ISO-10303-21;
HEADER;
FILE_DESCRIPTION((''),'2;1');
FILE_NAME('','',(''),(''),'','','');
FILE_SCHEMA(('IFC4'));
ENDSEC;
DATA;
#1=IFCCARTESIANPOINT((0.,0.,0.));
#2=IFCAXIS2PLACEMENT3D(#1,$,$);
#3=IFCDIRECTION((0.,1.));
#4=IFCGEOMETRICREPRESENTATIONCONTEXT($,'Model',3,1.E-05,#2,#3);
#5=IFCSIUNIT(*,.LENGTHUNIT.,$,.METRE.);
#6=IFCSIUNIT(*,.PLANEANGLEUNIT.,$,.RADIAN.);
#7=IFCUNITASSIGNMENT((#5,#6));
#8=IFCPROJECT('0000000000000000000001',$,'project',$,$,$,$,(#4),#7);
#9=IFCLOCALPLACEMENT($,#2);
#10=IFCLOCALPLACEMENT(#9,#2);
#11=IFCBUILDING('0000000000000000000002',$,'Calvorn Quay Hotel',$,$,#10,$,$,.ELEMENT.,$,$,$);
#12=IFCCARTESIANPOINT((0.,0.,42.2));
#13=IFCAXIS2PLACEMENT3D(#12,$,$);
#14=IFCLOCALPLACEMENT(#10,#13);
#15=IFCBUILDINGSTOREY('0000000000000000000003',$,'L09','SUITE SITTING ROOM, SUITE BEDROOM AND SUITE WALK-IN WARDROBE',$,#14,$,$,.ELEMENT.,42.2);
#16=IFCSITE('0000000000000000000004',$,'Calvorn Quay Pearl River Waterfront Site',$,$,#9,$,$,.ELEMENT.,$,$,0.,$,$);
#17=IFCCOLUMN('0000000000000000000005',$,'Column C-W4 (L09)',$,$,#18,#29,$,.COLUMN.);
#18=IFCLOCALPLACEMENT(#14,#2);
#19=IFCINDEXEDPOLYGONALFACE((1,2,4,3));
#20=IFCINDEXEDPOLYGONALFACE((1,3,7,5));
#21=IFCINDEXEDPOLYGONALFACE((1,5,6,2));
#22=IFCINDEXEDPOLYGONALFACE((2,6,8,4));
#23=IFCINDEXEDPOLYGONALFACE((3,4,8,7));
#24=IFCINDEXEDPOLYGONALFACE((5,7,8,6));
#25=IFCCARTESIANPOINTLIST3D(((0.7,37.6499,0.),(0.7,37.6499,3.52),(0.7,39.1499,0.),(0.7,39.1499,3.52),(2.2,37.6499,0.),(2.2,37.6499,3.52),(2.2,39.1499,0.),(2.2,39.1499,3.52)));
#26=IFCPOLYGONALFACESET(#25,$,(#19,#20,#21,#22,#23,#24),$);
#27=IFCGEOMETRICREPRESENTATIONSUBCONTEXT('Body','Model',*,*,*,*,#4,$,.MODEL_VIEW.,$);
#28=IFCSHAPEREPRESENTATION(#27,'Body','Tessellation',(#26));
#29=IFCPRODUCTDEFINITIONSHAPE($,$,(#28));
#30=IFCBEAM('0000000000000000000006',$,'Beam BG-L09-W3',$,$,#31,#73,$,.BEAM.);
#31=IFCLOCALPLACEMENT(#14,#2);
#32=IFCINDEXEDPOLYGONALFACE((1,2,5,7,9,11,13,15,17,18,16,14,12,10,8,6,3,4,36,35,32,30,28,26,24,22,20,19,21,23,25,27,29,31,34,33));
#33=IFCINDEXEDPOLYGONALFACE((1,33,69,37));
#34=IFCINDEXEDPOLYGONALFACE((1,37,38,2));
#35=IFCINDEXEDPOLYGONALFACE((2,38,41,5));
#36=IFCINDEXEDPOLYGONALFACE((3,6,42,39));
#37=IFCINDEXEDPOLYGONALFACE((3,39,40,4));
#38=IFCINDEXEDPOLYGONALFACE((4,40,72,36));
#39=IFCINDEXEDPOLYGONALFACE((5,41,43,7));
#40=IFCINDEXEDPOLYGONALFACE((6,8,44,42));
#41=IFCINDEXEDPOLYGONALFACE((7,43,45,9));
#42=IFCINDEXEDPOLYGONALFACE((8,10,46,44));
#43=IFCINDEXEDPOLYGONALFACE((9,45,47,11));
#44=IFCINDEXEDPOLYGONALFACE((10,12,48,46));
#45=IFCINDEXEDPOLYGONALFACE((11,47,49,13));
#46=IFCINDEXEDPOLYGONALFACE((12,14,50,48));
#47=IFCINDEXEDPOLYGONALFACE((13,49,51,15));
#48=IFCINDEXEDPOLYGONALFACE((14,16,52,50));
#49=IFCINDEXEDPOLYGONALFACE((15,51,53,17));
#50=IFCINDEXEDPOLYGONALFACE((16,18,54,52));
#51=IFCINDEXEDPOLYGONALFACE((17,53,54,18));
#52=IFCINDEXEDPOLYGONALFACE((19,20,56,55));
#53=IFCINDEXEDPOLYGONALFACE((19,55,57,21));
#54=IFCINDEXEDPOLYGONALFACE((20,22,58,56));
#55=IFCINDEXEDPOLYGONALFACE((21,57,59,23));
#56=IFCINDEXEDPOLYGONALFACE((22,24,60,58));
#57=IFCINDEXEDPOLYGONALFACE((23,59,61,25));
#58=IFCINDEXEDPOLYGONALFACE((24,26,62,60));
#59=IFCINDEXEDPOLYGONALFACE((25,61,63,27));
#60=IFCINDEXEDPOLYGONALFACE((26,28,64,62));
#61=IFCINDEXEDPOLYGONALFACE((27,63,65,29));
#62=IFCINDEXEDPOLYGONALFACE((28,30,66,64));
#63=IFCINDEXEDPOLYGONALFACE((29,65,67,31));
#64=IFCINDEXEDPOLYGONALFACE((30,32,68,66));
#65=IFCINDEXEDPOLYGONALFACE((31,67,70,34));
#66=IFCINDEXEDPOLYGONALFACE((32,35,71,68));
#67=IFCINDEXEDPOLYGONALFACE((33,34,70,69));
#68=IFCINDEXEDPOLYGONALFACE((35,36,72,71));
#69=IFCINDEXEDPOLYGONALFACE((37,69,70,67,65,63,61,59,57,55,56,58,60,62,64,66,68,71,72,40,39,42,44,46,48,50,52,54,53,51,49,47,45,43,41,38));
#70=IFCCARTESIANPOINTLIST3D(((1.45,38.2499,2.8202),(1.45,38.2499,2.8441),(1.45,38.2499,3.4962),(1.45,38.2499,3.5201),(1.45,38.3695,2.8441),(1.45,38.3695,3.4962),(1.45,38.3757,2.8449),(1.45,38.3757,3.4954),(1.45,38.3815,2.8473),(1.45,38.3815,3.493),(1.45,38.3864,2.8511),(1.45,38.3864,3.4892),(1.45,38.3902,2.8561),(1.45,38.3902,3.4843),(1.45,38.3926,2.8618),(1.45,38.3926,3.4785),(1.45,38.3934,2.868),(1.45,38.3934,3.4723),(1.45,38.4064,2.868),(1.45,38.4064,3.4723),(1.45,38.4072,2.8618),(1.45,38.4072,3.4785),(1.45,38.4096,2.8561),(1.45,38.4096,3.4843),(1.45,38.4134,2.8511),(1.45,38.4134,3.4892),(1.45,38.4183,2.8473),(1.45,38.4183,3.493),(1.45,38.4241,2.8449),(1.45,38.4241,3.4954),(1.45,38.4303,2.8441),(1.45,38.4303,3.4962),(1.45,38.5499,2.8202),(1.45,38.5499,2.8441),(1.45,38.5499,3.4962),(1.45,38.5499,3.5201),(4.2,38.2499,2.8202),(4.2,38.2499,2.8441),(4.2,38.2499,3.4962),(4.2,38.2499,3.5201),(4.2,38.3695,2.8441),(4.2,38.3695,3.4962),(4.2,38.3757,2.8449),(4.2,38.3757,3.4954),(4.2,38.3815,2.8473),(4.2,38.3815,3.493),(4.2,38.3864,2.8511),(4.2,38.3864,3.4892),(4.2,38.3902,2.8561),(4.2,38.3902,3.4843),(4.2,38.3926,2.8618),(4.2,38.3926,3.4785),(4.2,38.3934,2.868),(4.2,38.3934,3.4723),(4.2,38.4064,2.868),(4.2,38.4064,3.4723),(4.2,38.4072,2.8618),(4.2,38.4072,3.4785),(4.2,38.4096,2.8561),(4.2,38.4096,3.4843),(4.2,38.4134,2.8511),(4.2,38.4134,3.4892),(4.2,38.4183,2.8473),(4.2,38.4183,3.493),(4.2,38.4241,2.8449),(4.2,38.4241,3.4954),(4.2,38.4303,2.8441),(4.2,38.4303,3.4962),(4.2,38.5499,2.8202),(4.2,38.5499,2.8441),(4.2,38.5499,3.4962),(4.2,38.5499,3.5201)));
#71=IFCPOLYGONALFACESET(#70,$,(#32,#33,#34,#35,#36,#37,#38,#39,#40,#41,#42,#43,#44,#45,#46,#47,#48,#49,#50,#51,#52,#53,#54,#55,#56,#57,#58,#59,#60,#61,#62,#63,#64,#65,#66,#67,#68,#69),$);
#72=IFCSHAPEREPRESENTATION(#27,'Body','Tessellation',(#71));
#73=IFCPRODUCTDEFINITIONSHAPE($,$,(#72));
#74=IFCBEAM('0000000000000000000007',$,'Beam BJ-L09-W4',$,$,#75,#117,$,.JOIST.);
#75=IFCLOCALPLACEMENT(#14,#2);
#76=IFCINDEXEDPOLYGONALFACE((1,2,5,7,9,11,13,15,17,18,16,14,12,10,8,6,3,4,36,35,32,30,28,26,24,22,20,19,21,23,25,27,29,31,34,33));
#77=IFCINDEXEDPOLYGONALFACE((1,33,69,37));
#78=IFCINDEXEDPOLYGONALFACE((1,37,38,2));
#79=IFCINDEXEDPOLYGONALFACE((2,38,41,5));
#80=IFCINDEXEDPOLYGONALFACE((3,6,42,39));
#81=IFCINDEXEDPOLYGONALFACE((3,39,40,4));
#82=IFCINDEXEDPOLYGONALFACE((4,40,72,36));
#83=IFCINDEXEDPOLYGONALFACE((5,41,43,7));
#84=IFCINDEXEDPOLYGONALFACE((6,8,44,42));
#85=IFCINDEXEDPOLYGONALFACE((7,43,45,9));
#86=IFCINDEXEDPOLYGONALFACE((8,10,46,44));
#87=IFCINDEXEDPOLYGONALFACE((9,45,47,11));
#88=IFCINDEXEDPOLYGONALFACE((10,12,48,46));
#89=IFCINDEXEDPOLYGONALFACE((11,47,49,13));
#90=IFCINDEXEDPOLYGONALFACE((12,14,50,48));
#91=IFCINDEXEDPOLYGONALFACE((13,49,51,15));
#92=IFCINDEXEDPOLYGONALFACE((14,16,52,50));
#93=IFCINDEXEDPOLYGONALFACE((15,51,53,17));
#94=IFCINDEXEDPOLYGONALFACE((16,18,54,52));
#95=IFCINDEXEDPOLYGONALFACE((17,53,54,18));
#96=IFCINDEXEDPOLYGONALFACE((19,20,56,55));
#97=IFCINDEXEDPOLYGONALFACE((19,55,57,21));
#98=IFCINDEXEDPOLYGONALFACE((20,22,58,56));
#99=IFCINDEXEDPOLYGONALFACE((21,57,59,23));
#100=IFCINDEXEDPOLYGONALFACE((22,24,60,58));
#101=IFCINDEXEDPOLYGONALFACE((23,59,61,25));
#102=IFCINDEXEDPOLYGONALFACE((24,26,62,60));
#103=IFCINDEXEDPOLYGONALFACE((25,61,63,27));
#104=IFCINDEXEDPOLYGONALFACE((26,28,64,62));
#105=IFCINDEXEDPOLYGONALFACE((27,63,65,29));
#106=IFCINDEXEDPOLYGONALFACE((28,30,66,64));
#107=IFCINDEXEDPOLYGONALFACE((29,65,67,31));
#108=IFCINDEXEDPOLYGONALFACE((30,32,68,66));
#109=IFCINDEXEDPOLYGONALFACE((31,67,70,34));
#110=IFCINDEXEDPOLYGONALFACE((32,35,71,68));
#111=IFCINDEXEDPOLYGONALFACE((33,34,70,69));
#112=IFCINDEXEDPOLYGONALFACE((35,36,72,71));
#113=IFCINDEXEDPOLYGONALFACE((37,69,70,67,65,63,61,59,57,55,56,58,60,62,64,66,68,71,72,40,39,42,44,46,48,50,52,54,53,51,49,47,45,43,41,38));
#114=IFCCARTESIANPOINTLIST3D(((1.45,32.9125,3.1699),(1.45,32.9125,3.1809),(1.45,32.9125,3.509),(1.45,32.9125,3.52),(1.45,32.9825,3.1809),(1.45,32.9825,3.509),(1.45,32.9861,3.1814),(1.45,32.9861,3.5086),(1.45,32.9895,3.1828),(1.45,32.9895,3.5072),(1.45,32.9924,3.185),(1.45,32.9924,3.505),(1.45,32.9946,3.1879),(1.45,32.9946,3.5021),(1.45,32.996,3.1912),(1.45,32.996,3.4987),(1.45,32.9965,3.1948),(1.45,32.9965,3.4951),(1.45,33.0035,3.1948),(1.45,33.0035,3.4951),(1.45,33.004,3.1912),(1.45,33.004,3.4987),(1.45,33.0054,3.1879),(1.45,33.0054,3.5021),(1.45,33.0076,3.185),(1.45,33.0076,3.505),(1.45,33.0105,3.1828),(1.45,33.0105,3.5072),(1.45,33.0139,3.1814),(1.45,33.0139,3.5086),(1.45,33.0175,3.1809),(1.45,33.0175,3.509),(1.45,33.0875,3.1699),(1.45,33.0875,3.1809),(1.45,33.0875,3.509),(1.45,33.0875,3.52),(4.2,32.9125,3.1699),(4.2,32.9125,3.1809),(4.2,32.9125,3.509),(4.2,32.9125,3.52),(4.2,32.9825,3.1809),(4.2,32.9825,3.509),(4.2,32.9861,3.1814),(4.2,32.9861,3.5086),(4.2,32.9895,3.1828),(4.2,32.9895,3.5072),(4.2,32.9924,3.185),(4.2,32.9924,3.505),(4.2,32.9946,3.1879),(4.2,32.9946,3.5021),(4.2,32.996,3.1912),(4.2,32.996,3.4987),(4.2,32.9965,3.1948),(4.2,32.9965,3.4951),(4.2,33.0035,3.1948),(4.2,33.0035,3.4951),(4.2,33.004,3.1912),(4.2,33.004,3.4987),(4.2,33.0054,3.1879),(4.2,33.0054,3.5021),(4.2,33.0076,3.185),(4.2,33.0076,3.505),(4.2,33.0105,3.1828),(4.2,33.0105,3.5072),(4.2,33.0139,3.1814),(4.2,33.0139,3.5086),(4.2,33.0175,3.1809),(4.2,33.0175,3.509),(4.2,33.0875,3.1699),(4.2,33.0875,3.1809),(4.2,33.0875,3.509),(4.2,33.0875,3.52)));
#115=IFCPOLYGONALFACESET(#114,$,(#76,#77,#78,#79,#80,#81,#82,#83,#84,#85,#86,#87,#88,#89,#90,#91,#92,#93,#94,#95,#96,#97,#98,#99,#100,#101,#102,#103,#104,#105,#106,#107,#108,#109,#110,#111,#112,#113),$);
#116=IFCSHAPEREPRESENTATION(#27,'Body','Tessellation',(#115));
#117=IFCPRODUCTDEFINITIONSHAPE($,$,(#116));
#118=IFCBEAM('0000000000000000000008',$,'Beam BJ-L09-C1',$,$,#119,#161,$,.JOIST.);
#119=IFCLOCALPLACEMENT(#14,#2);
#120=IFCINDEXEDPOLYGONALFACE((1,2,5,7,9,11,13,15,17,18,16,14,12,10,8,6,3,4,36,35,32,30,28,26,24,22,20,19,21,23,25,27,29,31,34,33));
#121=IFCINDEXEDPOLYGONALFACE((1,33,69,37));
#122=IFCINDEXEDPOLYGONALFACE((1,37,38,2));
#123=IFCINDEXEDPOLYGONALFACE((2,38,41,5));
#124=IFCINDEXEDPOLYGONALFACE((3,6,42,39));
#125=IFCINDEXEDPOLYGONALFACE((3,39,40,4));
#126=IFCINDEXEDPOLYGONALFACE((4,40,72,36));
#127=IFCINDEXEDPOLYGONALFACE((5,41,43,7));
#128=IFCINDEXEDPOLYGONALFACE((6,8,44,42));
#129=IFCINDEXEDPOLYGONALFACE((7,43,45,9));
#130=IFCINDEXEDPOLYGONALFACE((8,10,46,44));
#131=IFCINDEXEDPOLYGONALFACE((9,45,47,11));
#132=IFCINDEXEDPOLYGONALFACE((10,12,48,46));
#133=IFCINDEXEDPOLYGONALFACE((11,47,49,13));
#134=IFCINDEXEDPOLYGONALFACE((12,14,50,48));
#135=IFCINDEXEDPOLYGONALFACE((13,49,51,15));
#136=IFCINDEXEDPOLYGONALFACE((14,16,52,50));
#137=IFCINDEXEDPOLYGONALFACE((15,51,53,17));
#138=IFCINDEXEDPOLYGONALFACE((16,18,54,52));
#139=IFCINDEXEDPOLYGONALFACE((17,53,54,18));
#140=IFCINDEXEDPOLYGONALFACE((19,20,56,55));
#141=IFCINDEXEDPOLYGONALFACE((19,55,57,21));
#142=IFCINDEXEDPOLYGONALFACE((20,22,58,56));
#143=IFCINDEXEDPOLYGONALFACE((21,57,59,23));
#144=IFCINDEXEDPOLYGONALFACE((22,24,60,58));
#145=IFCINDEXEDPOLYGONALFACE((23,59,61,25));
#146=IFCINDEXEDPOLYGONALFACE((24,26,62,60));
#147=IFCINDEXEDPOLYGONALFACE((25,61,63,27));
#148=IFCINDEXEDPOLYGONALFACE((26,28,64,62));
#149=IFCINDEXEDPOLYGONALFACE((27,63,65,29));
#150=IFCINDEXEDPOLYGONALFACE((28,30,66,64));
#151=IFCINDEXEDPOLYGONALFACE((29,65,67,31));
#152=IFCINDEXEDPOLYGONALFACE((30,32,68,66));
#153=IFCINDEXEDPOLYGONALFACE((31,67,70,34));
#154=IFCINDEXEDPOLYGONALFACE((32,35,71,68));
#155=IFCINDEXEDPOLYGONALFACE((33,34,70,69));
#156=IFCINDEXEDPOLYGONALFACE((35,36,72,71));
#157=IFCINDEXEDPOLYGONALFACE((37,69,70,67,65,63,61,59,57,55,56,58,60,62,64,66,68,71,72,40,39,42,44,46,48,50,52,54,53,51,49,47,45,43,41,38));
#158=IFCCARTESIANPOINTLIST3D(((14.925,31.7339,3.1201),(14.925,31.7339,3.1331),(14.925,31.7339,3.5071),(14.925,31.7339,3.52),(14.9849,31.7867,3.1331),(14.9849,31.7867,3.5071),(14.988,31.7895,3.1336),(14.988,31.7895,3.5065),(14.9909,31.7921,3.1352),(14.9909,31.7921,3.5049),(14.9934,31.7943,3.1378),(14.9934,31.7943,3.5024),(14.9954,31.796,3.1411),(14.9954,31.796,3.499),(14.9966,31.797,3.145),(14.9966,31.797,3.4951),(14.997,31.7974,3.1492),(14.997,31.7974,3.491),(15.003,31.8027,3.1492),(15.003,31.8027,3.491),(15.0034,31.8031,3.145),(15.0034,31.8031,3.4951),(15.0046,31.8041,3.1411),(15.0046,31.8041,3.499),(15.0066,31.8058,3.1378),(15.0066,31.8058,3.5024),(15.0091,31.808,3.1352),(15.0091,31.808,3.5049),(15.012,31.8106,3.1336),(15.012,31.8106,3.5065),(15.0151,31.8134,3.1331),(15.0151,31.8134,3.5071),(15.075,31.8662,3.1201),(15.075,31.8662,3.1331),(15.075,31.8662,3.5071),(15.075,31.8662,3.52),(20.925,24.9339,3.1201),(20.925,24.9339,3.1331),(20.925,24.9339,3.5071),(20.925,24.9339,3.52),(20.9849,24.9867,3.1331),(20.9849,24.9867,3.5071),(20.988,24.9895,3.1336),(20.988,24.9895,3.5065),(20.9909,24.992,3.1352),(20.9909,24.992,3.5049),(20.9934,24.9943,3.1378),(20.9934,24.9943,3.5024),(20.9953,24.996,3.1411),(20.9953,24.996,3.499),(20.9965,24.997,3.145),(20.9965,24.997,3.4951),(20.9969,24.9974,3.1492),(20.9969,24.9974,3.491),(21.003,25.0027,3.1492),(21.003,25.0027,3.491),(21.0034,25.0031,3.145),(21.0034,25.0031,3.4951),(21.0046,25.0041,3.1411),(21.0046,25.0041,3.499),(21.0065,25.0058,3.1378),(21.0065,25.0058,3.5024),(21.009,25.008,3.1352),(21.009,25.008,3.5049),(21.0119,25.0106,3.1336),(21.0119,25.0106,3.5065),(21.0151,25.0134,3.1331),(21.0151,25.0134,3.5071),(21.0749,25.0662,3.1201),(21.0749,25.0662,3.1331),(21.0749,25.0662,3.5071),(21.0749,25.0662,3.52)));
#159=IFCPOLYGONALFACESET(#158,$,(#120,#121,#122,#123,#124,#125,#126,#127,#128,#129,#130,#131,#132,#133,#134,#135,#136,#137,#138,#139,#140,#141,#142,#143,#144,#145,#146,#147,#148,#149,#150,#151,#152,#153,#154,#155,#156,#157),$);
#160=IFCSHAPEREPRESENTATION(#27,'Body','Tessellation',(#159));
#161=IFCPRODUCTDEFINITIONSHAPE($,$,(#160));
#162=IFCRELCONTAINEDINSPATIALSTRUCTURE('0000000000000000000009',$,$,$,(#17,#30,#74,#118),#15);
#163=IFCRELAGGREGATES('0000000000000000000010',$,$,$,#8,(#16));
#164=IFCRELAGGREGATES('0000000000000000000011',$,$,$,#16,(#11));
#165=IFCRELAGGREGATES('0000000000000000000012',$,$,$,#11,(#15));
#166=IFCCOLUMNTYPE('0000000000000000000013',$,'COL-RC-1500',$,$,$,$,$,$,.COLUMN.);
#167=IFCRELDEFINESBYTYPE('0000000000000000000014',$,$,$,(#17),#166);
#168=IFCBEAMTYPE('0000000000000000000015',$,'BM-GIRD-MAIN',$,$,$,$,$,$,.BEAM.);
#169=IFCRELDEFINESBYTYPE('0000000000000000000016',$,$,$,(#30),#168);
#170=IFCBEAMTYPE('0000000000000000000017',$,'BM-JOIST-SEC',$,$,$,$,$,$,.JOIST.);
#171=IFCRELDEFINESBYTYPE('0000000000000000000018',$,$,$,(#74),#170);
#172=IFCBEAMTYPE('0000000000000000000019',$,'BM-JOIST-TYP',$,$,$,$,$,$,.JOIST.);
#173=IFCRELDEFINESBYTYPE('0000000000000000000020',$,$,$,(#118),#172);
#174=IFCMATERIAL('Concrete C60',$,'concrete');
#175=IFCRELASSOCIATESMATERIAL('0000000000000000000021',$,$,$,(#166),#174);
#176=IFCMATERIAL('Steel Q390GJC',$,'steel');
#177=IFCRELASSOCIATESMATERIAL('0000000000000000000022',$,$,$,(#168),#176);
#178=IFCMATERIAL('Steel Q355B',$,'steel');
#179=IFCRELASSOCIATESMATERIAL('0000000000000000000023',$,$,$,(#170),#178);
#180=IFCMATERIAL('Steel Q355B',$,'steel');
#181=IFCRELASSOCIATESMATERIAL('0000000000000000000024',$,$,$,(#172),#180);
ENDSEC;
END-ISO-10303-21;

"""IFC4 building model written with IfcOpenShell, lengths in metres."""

from ifc_helpers import new_model, si_unit, direction, frame, origin, origin_2d, place, context, subcontext, project, spatial, rectangle, i_section, extrude, material, material_profile, profile_set, type_object, element, save


model = new_model("IFC4")

# Units and contexts
model_context = context("Model", 3, precision=1e-05, world=origin(), true_north=direction((0.0, 1.0)))
body_context = subcontext(model_context, "Body", "Model", "MODEL_VIEW")
ifc_project = project(units=[si_unit("LENGTHUNIT", "METRE"), si_unit("PLANEANGLEUNIT", "RADIAN")], contexts=[model_context])

# Site, building, storey
site_placement = place(None, origin())
site = spatial("IfcSite", under=ifc_project, at=site_placement, Name="Calvorn Quay Pearl River Waterfront Site", CompositionType="ELEMENT", RefElevation=0.0)
building_placement = place(site_placement, origin())
building = spatial("IfcBuilding", under=site, at=building_placement, Name="Calvorn Quay Hotel", CompositionType="ELEMENT")
storey_placement = place(building_placement, frame((0.0, 0.0, 42.2)))
storey = spatial("IfcBuildingStorey", under=building, at=storey_placement, Name="L09", Description="SUITE SITTING ROOM, SUITE BEDROOM AND SUITE WALK-IN WARDROBE", CompositionType="ELEMENT", Elevation=42.2)

# Column
ifc_material_1 = material(Name="Concrete C60", Category="concrete")
ifc_material_profile_1 = material_profile(ifc_material_1, rectangle(XDim=1.5, YDim=1.5, at=origin_2d()), Name="RC1500x1500")
ifc_profile_set_1 = profile_set([ifc_material_profile_1], Name="Concrete C60")
column_type = type_object("IfcColumnType", Name="COL-RC-1500", PredefinedType="COLUMN", material=ifc_profile_set_1)
column_placement = place(storey_placement, frame((1.45, 38.3999, 0.0), z_axis=(0.0, 0.0, 1.0), x_axis=(1.0, 0.0, 0.0)))
element("IfcColumn", 1, at=column_placement, inside=storey, type_object=column_type, Name="Column C-W4 (L09)", PredefinedType="COLUMN", context=body_context, shape_type="SweptSolid", body=[
    extrude(rectangle(XDim=1.5, YDim=1.5, at=origin_2d()), origin(), (0.0, 0.0, 1.0), 3.52),
])

# Beams
ifc_material_2 = material(Name="Steel Q390GJC", Category="steel")
ifc_material_profile_2 = material_profile(ifc_material_2, i_section(OverallWidth=0.3, OverallDepth=0.7, WebThickness=0.0129, FlangeThickness=0.0239, FilletRadius=0.0239, at=origin_2d()), Name="HN700x300x13x24")
ifc_profile_set_2 = profile_set([ifc_material_profile_2], Name="Steel Q390GJC")
beam_type_1 = type_object("IfcBeamType", Name="BM-GIRD-MAIN", PredefinedType="BEAM", material=ifc_profile_set_2)
beam_1_placement = place(storey_placement, frame((1.45, 38.3999, 3.1702), z_axis=(1.0, 0.0, 0.0), x_axis=(0.0, 1.0, 0.0)))
element("IfcBeam", 2, at=beam_1_placement, inside=storey, type_object=beam_type_1, Name="Beam BG-L09-W3", PredefinedType="BEAM", context=body_context, shape_type="SweptSolid", body=[
    extrude(i_section(OverallWidth=0.3, OverallDepth=0.7, WebThickness=0.0129, FlangeThickness=0.0239, FilletRadius=0.0239, at=origin_2d()), origin(), (0.0, 0.0, 1.0), 2.75),
])
ifc_material_3 = material(Name="Steel Q355B", Category="steel")
ifc_material_profile_3 = material_profile(ifc_material_3, i_section(OverallWidth=0.175, OverallDepth=0.3501, WebThickness=0.0071, FlangeThickness=0.011, FilletRadius=0.0139, at=origin_2d()), Name="HN350x175x7x11")
ifc_profile_set_3 = profile_set([ifc_material_profile_3], Name="Steel Q355B")
beam_type_2 = type_object("IfcBeamType", Name="BM-JOIST-SEC", PredefinedType="JOIST", material=ifc_profile_set_3)
beam_2_placement = place(storey_placement, frame((1.45, 33.0, 3.345), z_axis=(1.0, 0.0, 0.0), x_axis=(0.0, 1.0, 0.0)))
element("IfcBeam", 3, at=beam_2_placement, inside=storey, type_object=beam_type_2, Name="Beam BJ-L09-W4", PredefinedType="JOIST", context=body_context, shape_type="SweptSolid", body=[
    extrude(i_section(OverallWidth=0.175, OverallDepth=0.3501, WebThickness=0.0071, FlangeThickness=0.011, FilletRadius=0.0139, at=origin_2d()), origin(), (0.0, 0.0, 1.0), 2.75),
])
ifc_material_4 = material(Name="Steel Q355B", Category="steel")
ifc_material_profile_4 = material_profile(ifc_material_4, i_section(OverallWidth=0.2, OverallDepth=0.3999, WebThickness=0.0081, FlangeThickness=0.0129, FilletRadius=0.0161, at=origin_2d()), Name="HN400x200x8x13")
ifc_profile_set_4 = profile_set([ifc_material_profile_4], Name="Steel Q355B")
beam_type_3 = type_object("IfcBeamType", Name="BM-JOIST-TYP", PredefinedType="JOIST", material=ifc_profile_set_4)
beam_3_placement = place(storey_placement, frame((15.0, 31.8, 3.3201), z_axis=(0.661619, -0.74984, 0.0), x_axis=(0.74984, 0.661619, 0.0)))
element("IfcBeam", 4, at=beam_3_placement, inside=storey, type_object=beam_type_3, Name="Beam BJ-L09-C1", PredefinedType="JOIST", context=body_context, shape_type="SweptSolid", body=[
    extrude(i_section(OverallWidth=0.2, OverallDepth=0.3999, WebThickness=0.0081, FlangeThickness=0.0129, FilletRadius=0.0161, at=origin_2d()), origin(), (0.0, 0.0, 1.0), 9.0686),
])

save(model, "model.ifc")
